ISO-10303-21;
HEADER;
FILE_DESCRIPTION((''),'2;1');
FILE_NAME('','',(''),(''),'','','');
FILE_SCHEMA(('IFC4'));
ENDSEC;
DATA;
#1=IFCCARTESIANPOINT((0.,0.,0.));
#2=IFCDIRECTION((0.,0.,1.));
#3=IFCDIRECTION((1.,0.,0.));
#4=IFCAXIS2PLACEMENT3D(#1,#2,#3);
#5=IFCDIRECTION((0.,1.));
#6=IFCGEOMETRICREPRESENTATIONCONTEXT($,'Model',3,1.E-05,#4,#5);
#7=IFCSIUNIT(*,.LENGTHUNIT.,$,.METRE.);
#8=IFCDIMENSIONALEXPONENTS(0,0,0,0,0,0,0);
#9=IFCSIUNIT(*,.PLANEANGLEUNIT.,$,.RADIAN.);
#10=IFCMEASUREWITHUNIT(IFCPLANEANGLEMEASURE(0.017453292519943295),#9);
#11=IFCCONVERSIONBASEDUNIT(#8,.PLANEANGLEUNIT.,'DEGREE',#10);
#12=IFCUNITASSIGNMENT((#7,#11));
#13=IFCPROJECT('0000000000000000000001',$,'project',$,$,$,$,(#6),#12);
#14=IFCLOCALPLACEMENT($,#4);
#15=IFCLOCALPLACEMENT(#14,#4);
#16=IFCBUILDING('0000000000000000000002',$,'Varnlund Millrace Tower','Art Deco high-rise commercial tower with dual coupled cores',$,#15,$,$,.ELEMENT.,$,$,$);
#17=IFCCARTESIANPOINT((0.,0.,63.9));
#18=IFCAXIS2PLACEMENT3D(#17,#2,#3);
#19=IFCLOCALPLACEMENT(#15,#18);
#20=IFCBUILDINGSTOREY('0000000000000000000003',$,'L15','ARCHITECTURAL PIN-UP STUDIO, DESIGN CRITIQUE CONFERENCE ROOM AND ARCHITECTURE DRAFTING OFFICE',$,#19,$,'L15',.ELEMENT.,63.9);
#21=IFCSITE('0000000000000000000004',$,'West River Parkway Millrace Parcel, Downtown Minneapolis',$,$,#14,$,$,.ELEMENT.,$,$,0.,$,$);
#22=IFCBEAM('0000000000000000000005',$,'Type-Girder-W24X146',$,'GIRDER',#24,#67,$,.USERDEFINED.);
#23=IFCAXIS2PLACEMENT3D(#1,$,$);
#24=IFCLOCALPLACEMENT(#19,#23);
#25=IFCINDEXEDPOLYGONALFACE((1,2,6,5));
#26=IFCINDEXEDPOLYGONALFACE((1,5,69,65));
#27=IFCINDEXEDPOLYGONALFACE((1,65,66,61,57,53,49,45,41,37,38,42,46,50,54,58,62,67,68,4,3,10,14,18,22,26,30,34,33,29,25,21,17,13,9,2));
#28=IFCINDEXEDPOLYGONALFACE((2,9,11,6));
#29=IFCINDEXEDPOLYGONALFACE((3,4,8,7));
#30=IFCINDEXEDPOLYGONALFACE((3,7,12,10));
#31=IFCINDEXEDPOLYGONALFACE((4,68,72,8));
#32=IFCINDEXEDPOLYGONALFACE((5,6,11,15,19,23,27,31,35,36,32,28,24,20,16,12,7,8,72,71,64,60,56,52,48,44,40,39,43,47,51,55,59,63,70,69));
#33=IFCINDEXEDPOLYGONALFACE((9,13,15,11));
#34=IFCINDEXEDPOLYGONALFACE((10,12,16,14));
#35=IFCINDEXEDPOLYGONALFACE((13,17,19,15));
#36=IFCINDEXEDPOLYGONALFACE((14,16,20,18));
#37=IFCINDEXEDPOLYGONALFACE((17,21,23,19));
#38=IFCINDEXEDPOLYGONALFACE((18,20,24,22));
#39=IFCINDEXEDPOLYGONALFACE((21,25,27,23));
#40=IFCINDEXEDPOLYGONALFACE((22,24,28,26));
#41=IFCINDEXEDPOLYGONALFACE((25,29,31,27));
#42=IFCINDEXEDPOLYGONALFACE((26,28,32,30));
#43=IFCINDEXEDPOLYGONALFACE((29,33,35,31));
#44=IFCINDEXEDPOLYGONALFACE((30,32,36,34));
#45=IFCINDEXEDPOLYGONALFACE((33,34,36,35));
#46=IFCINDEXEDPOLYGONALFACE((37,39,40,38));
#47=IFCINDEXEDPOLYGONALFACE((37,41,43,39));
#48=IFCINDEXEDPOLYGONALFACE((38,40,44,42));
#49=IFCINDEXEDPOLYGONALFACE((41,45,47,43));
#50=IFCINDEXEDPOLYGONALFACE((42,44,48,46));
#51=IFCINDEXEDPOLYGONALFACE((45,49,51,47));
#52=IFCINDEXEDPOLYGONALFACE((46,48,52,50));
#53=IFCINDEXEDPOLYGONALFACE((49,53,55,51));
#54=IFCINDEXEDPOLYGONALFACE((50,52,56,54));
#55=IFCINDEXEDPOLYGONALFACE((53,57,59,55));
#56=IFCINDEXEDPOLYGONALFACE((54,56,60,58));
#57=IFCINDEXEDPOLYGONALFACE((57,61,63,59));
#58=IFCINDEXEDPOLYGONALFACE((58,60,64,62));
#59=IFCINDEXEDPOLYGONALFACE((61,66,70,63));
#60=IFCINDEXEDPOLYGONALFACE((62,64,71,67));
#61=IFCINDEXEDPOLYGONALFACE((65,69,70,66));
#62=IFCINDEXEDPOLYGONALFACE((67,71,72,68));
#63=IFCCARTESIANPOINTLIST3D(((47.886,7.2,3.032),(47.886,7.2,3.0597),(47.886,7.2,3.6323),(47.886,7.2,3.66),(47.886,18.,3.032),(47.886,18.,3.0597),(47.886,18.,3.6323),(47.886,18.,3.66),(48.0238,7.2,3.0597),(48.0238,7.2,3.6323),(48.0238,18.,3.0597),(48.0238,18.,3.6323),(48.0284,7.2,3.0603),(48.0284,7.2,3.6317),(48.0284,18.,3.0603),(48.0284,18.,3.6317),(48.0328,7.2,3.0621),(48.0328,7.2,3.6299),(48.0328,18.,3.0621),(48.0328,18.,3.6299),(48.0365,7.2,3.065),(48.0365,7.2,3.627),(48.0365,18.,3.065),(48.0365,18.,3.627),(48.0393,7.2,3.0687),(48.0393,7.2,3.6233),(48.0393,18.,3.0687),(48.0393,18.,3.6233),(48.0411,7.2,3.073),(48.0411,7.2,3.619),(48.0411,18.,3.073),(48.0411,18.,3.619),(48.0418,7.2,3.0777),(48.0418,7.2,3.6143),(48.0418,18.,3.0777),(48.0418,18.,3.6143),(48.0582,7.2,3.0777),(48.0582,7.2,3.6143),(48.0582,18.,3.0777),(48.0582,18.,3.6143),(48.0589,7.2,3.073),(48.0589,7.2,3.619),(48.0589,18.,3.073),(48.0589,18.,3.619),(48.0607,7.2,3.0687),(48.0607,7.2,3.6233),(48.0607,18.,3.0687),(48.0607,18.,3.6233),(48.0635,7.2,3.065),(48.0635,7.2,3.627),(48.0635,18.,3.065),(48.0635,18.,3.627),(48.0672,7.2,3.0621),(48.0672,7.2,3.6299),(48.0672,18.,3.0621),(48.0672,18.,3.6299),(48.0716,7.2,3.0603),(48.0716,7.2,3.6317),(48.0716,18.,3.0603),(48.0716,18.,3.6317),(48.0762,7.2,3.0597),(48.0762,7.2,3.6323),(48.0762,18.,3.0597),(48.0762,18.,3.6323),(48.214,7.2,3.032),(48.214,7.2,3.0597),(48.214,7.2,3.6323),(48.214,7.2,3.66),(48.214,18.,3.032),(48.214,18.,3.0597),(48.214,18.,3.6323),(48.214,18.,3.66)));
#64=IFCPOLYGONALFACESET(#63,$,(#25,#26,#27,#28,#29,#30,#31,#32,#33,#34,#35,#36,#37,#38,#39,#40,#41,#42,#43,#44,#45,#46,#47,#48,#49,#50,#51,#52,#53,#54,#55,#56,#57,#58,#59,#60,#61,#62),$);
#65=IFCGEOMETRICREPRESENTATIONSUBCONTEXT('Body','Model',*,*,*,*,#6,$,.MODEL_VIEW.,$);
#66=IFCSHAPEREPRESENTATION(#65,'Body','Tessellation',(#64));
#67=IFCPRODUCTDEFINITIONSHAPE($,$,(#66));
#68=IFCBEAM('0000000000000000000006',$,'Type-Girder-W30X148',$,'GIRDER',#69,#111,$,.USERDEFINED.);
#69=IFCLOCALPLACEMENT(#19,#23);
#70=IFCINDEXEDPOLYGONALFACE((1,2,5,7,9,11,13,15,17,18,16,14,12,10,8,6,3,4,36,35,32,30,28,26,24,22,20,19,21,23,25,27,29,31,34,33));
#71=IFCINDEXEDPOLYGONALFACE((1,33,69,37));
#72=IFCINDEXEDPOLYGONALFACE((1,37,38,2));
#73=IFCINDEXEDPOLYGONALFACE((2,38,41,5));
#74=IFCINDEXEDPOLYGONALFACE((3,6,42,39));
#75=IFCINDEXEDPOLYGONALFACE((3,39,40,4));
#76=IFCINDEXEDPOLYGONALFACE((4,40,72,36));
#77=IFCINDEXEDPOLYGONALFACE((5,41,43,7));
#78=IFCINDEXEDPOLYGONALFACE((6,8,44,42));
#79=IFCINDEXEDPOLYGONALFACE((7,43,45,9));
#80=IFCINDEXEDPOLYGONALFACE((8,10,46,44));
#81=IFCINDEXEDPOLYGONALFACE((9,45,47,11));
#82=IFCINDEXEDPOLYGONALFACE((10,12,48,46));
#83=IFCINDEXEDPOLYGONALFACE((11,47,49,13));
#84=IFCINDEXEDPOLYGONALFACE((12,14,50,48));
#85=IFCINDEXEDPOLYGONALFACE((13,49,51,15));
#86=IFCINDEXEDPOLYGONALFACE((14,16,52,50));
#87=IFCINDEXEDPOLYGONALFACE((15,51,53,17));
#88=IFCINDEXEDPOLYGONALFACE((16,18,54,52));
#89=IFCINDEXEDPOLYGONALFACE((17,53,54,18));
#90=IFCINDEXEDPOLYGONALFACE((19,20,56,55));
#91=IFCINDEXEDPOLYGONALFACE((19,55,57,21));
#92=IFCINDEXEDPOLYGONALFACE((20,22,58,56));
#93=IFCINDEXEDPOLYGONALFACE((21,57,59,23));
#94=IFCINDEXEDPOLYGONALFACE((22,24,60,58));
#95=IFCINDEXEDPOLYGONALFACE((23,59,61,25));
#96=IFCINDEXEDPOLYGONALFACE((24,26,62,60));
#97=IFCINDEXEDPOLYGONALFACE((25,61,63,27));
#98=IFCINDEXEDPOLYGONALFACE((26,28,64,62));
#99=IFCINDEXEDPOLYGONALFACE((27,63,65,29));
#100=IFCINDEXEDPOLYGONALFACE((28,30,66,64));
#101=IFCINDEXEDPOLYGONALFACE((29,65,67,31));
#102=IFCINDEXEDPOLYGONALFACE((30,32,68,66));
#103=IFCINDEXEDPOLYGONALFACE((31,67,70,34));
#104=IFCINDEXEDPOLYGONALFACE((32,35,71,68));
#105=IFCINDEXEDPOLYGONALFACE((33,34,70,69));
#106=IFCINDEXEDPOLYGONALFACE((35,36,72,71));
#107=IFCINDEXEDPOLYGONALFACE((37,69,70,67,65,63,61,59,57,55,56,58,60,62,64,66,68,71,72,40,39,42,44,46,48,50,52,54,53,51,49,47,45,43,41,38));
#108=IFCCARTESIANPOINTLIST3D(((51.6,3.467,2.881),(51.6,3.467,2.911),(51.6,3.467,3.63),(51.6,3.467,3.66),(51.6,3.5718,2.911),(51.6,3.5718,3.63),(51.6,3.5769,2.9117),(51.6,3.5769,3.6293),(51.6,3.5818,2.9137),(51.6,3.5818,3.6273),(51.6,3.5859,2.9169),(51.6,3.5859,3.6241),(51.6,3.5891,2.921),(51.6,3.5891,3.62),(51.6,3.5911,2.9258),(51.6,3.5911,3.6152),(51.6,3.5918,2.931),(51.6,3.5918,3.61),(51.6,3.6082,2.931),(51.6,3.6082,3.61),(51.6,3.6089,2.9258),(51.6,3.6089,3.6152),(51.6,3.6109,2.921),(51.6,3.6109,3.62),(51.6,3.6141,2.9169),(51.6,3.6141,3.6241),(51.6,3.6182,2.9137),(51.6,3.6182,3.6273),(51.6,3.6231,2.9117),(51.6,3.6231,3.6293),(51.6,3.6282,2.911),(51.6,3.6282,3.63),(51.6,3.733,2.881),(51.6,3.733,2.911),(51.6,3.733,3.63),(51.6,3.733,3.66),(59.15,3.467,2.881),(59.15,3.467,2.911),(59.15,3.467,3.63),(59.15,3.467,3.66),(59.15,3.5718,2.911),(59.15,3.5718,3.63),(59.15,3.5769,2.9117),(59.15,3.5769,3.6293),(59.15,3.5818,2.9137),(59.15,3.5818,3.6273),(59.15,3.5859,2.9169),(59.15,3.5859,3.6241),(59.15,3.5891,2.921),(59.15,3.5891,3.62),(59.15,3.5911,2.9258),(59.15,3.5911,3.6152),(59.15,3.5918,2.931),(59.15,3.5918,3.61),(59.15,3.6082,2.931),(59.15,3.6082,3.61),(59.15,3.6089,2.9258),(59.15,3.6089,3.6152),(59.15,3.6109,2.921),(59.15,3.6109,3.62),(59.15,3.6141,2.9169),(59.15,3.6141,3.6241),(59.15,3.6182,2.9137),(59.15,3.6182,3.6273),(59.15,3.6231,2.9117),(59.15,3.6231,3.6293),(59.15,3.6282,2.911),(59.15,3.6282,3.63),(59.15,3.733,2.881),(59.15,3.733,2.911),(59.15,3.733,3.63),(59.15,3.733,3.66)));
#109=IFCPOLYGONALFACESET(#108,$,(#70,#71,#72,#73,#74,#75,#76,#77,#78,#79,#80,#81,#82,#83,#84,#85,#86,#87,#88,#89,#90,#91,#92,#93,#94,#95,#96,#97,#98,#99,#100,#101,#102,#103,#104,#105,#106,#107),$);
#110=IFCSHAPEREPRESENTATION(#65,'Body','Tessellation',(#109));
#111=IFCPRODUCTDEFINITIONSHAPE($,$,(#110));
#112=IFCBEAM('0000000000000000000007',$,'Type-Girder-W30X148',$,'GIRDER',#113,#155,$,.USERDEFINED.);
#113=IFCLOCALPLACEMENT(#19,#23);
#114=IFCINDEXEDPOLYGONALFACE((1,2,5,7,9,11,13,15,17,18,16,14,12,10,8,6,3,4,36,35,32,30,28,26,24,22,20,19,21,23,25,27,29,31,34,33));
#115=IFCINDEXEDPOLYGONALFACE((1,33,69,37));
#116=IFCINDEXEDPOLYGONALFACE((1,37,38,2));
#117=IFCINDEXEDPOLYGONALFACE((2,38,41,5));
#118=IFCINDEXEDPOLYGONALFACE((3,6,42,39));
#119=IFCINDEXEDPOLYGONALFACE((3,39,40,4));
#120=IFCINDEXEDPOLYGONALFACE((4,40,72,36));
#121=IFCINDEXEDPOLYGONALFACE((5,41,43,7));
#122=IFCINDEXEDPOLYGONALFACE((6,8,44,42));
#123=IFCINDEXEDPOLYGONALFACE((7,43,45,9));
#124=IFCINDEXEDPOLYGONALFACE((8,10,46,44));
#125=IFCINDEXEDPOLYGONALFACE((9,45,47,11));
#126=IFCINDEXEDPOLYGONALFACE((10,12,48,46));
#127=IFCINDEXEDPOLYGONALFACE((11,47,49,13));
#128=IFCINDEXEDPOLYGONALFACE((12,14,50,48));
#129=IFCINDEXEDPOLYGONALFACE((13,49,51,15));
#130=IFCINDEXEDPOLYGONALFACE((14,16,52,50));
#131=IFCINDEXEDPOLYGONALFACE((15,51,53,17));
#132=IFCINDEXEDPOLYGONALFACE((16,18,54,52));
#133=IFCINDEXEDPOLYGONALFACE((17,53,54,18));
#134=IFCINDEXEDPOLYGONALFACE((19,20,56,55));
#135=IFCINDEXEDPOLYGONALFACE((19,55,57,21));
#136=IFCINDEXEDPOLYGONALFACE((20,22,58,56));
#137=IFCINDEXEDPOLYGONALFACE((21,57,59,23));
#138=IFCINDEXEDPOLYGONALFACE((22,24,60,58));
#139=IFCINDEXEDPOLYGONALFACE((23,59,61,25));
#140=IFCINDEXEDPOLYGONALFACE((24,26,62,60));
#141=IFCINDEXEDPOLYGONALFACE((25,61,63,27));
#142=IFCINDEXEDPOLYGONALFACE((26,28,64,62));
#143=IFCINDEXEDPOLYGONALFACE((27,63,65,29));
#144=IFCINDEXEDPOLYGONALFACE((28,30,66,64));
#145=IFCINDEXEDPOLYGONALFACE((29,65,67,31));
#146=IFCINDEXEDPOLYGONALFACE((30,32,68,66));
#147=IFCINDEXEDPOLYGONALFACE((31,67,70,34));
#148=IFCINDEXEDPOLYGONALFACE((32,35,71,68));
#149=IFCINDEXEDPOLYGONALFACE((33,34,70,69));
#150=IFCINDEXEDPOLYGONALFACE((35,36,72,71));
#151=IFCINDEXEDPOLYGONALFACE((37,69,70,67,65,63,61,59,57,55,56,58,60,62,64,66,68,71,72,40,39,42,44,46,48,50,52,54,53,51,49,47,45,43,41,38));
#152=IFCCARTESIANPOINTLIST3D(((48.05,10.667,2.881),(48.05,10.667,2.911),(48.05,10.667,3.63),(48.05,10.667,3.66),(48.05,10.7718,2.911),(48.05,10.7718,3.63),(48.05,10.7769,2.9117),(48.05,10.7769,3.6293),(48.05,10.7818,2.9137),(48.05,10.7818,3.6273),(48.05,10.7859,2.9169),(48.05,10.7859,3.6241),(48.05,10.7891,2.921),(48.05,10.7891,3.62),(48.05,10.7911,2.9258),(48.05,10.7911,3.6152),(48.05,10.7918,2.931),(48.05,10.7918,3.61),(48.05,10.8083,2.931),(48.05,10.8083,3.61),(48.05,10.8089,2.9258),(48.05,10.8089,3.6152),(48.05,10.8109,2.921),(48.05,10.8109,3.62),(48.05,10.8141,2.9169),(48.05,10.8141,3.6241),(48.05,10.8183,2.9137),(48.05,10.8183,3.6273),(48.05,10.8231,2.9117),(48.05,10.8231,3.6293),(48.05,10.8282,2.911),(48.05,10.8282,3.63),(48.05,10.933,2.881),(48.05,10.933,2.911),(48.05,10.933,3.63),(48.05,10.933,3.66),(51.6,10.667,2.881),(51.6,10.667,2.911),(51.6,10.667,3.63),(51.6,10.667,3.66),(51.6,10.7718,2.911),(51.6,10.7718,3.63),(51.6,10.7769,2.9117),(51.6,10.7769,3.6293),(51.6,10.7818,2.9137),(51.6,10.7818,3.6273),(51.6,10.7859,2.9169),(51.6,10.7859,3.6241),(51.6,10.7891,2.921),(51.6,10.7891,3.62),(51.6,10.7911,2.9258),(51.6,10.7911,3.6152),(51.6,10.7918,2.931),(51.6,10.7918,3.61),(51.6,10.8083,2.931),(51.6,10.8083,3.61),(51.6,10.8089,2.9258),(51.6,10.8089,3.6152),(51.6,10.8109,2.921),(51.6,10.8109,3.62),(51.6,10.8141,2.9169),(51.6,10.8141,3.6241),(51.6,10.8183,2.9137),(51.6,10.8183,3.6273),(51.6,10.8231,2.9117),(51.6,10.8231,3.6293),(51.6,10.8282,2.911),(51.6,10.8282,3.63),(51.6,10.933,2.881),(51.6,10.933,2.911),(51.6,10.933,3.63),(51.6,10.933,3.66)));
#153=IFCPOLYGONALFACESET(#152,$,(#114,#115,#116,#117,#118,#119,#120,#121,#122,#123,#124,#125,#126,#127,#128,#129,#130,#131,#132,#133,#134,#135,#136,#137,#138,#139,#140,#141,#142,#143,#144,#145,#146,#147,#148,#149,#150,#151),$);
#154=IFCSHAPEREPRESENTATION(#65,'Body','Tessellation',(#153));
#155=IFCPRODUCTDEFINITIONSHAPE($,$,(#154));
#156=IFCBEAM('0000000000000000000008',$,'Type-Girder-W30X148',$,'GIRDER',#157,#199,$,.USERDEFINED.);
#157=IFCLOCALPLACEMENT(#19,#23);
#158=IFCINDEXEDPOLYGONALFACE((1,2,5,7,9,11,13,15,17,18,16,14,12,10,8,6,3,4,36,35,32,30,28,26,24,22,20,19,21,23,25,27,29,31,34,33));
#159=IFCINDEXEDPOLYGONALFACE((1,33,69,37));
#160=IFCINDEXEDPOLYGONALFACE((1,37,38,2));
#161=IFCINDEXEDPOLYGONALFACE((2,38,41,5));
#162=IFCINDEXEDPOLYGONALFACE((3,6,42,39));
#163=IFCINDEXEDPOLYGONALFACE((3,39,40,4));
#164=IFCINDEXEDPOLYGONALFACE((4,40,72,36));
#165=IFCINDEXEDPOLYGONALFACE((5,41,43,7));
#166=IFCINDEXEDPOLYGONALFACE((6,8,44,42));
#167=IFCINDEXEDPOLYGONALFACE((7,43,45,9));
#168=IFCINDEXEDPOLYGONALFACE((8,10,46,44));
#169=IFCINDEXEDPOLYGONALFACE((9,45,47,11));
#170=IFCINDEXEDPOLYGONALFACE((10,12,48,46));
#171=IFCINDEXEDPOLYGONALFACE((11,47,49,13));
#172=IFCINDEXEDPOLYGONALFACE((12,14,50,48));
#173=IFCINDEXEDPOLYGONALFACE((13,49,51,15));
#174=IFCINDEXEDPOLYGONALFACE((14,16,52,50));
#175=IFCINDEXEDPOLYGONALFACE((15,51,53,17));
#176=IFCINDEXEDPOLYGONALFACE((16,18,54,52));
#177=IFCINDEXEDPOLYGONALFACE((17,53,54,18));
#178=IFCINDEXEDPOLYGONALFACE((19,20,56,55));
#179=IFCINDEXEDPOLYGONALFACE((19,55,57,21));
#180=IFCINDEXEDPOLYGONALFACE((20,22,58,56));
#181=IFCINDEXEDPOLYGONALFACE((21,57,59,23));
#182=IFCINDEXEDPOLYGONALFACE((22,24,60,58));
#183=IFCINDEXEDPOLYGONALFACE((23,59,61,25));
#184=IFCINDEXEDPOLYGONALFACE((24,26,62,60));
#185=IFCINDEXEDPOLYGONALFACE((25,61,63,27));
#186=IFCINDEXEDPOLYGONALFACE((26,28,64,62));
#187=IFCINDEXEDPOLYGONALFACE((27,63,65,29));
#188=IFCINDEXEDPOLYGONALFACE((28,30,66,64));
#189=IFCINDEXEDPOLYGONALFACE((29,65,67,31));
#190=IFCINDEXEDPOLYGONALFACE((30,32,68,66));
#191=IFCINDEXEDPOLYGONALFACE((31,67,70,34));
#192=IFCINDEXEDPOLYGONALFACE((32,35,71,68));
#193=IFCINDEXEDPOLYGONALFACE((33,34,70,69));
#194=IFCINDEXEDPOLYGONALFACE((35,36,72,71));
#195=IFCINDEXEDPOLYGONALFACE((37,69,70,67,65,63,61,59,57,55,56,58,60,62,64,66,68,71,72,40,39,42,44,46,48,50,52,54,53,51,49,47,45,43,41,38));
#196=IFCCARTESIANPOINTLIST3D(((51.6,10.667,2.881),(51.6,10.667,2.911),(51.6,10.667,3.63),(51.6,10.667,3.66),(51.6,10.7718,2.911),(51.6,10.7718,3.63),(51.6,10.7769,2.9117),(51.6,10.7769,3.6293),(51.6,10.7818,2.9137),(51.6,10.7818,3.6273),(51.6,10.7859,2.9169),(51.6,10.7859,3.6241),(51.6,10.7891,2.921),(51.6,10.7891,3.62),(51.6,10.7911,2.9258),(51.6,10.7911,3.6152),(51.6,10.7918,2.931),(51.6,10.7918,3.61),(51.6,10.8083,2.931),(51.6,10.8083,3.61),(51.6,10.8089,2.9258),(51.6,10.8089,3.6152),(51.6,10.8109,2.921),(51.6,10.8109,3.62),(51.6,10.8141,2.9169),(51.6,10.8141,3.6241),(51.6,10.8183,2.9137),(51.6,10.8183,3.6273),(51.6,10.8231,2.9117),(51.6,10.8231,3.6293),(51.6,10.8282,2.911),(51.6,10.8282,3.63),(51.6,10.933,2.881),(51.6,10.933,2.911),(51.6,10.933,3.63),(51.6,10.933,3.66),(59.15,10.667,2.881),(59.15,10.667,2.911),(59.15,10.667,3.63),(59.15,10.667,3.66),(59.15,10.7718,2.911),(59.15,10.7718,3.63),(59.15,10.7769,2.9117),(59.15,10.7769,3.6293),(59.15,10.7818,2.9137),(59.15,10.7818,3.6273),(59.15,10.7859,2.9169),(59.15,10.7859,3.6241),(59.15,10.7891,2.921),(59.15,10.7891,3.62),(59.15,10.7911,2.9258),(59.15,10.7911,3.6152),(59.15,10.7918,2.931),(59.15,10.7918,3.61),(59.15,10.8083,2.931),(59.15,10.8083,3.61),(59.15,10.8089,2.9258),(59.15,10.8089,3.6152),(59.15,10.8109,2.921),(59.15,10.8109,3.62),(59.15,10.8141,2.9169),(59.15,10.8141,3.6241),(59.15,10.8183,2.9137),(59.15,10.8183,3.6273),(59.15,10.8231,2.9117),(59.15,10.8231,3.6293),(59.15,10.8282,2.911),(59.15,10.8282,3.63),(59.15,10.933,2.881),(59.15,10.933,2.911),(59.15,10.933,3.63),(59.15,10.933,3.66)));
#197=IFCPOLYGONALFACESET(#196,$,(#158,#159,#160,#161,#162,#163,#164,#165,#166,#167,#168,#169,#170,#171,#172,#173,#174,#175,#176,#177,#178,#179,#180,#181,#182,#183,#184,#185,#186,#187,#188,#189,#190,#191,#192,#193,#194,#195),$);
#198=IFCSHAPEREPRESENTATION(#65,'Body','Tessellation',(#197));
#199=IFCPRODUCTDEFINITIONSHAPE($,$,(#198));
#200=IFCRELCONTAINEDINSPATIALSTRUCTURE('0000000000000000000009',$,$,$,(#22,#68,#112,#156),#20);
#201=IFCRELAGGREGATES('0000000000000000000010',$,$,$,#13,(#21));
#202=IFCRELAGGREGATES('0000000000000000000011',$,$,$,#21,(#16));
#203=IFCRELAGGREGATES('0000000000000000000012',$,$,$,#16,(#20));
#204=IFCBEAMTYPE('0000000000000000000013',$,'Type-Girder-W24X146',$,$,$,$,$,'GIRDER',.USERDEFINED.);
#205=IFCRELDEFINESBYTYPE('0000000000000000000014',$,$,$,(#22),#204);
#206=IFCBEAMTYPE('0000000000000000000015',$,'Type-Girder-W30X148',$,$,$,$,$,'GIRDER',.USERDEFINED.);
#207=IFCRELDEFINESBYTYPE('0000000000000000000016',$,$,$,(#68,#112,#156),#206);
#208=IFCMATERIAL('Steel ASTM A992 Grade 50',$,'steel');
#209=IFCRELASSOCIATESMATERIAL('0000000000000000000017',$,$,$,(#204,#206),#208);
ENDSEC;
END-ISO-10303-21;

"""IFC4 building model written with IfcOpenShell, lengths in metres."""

from ifc_helpers import new_model, entity, si_unit, converted_unit, direction, frame, origin_with_axes, origin_2d_with_axis, place, context, subcontext, project, spatial, i_section, extrude, material, material_profile, profile_set, type_object, element, save


model = new_model("IFC4")

# Units and contexts
model_context = context("Model", 3, precision=1e-05, world=origin_with_axes(), true_north=direction((0.0, 1.0)))
body_context = subcontext(model_context, "Body", "Model", "MODEL_VIEW")
ifc_project = project(units=[si_unit("LENGTHUNIT", "METRE"), converted_unit("PLANEANGLEUNIT", "DEGREE", entity("IfcPlaneAngleMeasure", 0.017453292519943295), si_unit("PLANEANGLEUNIT", "RADIAN"), dimensions=[0, 0, 0, 0, 0, 0, 0])], contexts=[model_context])

# Site, building, storey
site_placement = place(None, origin_with_axes())
site = spatial("IfcSite", under=ifc_project, at=site_placement, Name="West River Parkway Millrace Parcel, Downtown Minneapolis", CompositionType="ELEMENT", RefElevation=0.0)
building_placement = place(site_placement, origin_with_axes())
building = spatial("IfcBuilding", under=site, at=building_placement, Name="Varnlund Millrace Tower", Description="Art Deco high-rise commercial tower with dual coupled cores", CompositionType="ELEMENT")
storey_placement = place(building_placement, frame((0.0, 0.0, 63.9), z_axis=(0.0, 0.0, 1.0), x_axis=(1.0, 0.0, 0.0)))
storey = spatial("IfcBuildingStorey", under=building, at=storey_placement, Name="L15", Description="ARCHITECTURAL PIN-UP STUDIO, DESIGN CRITIQUE CONFERENCE ROOM AND ARCHITECTURE DRAFTING OFFICE", LongName="L15", CompositionType="ELEMENT", Elevation=63.9)

# Beams
ifc_material_1 = material(Name="Steel ASTM A992 Grade 50", Category="steel")
ifc_material_profile_1 = material_profile(ifc_material_1, i_section(OverallWidth=0.328, OverallDepth=0.628, WebThickness=0.0165, FlangeThickness=0.0277, FilletRadius=0.018, at=origin_2d_with_axis()), Name="Steel ASTM A992 Grade 50")
ifc_profile_set_1 = profile_set([ifc_material_profile_1], Name="Steel ASTM A992 Grade 50")
beam_type_1 = type_object("IfcBeamType", Name="Type-Girder-W24X146", ElementType="GIRDER", PredefinedType="USERDEFINED", material=ifc_profile_set_1)
beam_1_placement = place(storey_placement, frame((48.05, 7.2, 3.346), z_axis=(0.0, 1.0, 0.0), x_axis=(-1.0, 0.0, 0.0)))
element("IfcBeam", 1, at=beam_1_placement, inside=storey, type_object=beam_type_1, Name="Type-Girder-W24X146", ObjectType="GIRDER", PredefinedType="USERDEFINED", context=body_context, shape_type="SweptSolid", body=[
    extrude(i_section(OverallWidth=0.328, OverallDepth=0.628, WebThickness=0.0165, FlangeThickness=0.0277, FilletRadius=0.018, at=origin_2d_with_axis()), origin_with_axes(), (0.0, 0.0, 1.0), 10.8),
])
ifc_material_profile_2 = material_profile(ifc_material_1, i_section(OverallWidth=0.266, OverallDepth=0.779, WebThickness=0.0165, FlangeThickness=0.03, FilletRadius=0.02, at=origin_2d_with_axis()), Name="Steel ASTM A992 Grade 50")
ifc_profile_set_2 = profile_set([ifc_material_profile_2], Name="Steel ASTM A992 Grade 50")
beam_type_2 = type_object("IfcBeamType", Name="Type-Girder-W30X148", ElementType="GIRDER", PredefinedType="USERDEFINED", material=ifc_profile_set_2)
beam_2_placement = place(storey_placement, frame((51.6, 3.6, 3.2705), z_axis=(1.0, 0.0, 0.0), x_axis=(0.0, 1.0, 0.0)))
element("IfcBeam", 2, at=beam_2_placement, inside=storey, type_object=beam_type_2, Name="Type-Girder-W30X148", ObjectType="GIRDER", PredefinedType="USERDEFINED", context=body_context, shape_type="SweptSolid", body=[
    extrude(i_section(OverallWidth=0.266, OverallDepth=0.779, WebThickness=0.0165, FlangeThickness=0.03, FilletRadius=0.02, at=origin_2d_with_axis()), origin_with_axes(), (0.0, 0.0, 1.0), 7.55),
])
beam_3_placement = place(storey_placement, frame((48.05, 10.8, 3.2705), z_axis=(1.0, 0.0, 0.0), x_axis=(0.0, 1.0, 0.0)))
element("IfcBeam", 3, at=beam_3_placement, inside=storey, type_object=beam_type_2, Name="Type-Girder-W30X148", ObjectType="GIRDER", PredefinedType="USERDEFINED", context=body_context, shape_type="SweptSolid", body=[
    extrude(i_section(OverallWidth=0.266, OverallDepth=0.779, WebThickness=0.0165, FlangeThickness=0.03, FilletRadius=0.02, at=origin_2d_with_axis()), origin_with_axes(), (0.0, 0.0, 1.0), 3.55),
])
beam_4_placement = place(storey_placement, frame((51.6, 10.8, 3.2705), z_axis=(1.0, 0.0, 0.0), x_axis=(0.0, 1.0, 0.0)))
element("IfcBeam", 4, at=beam_4_placement, inside=storey, type_object=beam_type_2, Name="Type-Girder-W30X148", ObjectType="GIRDER", PredefinedType="USERDEFINED", context=body_context, shape_type="SweptSolid", body=[
    extrude(i_section(OverallWidth=0.266, OverallDepth=0.779, WebThickness=0.0165, FlangeThickness=0.03, FilletRadius=0.02, at=origin_2d_with_axis()), origin_with_axes(), (0.0, 0.0, 1.0), 7.55),
])

save(model, "model.ifc")
